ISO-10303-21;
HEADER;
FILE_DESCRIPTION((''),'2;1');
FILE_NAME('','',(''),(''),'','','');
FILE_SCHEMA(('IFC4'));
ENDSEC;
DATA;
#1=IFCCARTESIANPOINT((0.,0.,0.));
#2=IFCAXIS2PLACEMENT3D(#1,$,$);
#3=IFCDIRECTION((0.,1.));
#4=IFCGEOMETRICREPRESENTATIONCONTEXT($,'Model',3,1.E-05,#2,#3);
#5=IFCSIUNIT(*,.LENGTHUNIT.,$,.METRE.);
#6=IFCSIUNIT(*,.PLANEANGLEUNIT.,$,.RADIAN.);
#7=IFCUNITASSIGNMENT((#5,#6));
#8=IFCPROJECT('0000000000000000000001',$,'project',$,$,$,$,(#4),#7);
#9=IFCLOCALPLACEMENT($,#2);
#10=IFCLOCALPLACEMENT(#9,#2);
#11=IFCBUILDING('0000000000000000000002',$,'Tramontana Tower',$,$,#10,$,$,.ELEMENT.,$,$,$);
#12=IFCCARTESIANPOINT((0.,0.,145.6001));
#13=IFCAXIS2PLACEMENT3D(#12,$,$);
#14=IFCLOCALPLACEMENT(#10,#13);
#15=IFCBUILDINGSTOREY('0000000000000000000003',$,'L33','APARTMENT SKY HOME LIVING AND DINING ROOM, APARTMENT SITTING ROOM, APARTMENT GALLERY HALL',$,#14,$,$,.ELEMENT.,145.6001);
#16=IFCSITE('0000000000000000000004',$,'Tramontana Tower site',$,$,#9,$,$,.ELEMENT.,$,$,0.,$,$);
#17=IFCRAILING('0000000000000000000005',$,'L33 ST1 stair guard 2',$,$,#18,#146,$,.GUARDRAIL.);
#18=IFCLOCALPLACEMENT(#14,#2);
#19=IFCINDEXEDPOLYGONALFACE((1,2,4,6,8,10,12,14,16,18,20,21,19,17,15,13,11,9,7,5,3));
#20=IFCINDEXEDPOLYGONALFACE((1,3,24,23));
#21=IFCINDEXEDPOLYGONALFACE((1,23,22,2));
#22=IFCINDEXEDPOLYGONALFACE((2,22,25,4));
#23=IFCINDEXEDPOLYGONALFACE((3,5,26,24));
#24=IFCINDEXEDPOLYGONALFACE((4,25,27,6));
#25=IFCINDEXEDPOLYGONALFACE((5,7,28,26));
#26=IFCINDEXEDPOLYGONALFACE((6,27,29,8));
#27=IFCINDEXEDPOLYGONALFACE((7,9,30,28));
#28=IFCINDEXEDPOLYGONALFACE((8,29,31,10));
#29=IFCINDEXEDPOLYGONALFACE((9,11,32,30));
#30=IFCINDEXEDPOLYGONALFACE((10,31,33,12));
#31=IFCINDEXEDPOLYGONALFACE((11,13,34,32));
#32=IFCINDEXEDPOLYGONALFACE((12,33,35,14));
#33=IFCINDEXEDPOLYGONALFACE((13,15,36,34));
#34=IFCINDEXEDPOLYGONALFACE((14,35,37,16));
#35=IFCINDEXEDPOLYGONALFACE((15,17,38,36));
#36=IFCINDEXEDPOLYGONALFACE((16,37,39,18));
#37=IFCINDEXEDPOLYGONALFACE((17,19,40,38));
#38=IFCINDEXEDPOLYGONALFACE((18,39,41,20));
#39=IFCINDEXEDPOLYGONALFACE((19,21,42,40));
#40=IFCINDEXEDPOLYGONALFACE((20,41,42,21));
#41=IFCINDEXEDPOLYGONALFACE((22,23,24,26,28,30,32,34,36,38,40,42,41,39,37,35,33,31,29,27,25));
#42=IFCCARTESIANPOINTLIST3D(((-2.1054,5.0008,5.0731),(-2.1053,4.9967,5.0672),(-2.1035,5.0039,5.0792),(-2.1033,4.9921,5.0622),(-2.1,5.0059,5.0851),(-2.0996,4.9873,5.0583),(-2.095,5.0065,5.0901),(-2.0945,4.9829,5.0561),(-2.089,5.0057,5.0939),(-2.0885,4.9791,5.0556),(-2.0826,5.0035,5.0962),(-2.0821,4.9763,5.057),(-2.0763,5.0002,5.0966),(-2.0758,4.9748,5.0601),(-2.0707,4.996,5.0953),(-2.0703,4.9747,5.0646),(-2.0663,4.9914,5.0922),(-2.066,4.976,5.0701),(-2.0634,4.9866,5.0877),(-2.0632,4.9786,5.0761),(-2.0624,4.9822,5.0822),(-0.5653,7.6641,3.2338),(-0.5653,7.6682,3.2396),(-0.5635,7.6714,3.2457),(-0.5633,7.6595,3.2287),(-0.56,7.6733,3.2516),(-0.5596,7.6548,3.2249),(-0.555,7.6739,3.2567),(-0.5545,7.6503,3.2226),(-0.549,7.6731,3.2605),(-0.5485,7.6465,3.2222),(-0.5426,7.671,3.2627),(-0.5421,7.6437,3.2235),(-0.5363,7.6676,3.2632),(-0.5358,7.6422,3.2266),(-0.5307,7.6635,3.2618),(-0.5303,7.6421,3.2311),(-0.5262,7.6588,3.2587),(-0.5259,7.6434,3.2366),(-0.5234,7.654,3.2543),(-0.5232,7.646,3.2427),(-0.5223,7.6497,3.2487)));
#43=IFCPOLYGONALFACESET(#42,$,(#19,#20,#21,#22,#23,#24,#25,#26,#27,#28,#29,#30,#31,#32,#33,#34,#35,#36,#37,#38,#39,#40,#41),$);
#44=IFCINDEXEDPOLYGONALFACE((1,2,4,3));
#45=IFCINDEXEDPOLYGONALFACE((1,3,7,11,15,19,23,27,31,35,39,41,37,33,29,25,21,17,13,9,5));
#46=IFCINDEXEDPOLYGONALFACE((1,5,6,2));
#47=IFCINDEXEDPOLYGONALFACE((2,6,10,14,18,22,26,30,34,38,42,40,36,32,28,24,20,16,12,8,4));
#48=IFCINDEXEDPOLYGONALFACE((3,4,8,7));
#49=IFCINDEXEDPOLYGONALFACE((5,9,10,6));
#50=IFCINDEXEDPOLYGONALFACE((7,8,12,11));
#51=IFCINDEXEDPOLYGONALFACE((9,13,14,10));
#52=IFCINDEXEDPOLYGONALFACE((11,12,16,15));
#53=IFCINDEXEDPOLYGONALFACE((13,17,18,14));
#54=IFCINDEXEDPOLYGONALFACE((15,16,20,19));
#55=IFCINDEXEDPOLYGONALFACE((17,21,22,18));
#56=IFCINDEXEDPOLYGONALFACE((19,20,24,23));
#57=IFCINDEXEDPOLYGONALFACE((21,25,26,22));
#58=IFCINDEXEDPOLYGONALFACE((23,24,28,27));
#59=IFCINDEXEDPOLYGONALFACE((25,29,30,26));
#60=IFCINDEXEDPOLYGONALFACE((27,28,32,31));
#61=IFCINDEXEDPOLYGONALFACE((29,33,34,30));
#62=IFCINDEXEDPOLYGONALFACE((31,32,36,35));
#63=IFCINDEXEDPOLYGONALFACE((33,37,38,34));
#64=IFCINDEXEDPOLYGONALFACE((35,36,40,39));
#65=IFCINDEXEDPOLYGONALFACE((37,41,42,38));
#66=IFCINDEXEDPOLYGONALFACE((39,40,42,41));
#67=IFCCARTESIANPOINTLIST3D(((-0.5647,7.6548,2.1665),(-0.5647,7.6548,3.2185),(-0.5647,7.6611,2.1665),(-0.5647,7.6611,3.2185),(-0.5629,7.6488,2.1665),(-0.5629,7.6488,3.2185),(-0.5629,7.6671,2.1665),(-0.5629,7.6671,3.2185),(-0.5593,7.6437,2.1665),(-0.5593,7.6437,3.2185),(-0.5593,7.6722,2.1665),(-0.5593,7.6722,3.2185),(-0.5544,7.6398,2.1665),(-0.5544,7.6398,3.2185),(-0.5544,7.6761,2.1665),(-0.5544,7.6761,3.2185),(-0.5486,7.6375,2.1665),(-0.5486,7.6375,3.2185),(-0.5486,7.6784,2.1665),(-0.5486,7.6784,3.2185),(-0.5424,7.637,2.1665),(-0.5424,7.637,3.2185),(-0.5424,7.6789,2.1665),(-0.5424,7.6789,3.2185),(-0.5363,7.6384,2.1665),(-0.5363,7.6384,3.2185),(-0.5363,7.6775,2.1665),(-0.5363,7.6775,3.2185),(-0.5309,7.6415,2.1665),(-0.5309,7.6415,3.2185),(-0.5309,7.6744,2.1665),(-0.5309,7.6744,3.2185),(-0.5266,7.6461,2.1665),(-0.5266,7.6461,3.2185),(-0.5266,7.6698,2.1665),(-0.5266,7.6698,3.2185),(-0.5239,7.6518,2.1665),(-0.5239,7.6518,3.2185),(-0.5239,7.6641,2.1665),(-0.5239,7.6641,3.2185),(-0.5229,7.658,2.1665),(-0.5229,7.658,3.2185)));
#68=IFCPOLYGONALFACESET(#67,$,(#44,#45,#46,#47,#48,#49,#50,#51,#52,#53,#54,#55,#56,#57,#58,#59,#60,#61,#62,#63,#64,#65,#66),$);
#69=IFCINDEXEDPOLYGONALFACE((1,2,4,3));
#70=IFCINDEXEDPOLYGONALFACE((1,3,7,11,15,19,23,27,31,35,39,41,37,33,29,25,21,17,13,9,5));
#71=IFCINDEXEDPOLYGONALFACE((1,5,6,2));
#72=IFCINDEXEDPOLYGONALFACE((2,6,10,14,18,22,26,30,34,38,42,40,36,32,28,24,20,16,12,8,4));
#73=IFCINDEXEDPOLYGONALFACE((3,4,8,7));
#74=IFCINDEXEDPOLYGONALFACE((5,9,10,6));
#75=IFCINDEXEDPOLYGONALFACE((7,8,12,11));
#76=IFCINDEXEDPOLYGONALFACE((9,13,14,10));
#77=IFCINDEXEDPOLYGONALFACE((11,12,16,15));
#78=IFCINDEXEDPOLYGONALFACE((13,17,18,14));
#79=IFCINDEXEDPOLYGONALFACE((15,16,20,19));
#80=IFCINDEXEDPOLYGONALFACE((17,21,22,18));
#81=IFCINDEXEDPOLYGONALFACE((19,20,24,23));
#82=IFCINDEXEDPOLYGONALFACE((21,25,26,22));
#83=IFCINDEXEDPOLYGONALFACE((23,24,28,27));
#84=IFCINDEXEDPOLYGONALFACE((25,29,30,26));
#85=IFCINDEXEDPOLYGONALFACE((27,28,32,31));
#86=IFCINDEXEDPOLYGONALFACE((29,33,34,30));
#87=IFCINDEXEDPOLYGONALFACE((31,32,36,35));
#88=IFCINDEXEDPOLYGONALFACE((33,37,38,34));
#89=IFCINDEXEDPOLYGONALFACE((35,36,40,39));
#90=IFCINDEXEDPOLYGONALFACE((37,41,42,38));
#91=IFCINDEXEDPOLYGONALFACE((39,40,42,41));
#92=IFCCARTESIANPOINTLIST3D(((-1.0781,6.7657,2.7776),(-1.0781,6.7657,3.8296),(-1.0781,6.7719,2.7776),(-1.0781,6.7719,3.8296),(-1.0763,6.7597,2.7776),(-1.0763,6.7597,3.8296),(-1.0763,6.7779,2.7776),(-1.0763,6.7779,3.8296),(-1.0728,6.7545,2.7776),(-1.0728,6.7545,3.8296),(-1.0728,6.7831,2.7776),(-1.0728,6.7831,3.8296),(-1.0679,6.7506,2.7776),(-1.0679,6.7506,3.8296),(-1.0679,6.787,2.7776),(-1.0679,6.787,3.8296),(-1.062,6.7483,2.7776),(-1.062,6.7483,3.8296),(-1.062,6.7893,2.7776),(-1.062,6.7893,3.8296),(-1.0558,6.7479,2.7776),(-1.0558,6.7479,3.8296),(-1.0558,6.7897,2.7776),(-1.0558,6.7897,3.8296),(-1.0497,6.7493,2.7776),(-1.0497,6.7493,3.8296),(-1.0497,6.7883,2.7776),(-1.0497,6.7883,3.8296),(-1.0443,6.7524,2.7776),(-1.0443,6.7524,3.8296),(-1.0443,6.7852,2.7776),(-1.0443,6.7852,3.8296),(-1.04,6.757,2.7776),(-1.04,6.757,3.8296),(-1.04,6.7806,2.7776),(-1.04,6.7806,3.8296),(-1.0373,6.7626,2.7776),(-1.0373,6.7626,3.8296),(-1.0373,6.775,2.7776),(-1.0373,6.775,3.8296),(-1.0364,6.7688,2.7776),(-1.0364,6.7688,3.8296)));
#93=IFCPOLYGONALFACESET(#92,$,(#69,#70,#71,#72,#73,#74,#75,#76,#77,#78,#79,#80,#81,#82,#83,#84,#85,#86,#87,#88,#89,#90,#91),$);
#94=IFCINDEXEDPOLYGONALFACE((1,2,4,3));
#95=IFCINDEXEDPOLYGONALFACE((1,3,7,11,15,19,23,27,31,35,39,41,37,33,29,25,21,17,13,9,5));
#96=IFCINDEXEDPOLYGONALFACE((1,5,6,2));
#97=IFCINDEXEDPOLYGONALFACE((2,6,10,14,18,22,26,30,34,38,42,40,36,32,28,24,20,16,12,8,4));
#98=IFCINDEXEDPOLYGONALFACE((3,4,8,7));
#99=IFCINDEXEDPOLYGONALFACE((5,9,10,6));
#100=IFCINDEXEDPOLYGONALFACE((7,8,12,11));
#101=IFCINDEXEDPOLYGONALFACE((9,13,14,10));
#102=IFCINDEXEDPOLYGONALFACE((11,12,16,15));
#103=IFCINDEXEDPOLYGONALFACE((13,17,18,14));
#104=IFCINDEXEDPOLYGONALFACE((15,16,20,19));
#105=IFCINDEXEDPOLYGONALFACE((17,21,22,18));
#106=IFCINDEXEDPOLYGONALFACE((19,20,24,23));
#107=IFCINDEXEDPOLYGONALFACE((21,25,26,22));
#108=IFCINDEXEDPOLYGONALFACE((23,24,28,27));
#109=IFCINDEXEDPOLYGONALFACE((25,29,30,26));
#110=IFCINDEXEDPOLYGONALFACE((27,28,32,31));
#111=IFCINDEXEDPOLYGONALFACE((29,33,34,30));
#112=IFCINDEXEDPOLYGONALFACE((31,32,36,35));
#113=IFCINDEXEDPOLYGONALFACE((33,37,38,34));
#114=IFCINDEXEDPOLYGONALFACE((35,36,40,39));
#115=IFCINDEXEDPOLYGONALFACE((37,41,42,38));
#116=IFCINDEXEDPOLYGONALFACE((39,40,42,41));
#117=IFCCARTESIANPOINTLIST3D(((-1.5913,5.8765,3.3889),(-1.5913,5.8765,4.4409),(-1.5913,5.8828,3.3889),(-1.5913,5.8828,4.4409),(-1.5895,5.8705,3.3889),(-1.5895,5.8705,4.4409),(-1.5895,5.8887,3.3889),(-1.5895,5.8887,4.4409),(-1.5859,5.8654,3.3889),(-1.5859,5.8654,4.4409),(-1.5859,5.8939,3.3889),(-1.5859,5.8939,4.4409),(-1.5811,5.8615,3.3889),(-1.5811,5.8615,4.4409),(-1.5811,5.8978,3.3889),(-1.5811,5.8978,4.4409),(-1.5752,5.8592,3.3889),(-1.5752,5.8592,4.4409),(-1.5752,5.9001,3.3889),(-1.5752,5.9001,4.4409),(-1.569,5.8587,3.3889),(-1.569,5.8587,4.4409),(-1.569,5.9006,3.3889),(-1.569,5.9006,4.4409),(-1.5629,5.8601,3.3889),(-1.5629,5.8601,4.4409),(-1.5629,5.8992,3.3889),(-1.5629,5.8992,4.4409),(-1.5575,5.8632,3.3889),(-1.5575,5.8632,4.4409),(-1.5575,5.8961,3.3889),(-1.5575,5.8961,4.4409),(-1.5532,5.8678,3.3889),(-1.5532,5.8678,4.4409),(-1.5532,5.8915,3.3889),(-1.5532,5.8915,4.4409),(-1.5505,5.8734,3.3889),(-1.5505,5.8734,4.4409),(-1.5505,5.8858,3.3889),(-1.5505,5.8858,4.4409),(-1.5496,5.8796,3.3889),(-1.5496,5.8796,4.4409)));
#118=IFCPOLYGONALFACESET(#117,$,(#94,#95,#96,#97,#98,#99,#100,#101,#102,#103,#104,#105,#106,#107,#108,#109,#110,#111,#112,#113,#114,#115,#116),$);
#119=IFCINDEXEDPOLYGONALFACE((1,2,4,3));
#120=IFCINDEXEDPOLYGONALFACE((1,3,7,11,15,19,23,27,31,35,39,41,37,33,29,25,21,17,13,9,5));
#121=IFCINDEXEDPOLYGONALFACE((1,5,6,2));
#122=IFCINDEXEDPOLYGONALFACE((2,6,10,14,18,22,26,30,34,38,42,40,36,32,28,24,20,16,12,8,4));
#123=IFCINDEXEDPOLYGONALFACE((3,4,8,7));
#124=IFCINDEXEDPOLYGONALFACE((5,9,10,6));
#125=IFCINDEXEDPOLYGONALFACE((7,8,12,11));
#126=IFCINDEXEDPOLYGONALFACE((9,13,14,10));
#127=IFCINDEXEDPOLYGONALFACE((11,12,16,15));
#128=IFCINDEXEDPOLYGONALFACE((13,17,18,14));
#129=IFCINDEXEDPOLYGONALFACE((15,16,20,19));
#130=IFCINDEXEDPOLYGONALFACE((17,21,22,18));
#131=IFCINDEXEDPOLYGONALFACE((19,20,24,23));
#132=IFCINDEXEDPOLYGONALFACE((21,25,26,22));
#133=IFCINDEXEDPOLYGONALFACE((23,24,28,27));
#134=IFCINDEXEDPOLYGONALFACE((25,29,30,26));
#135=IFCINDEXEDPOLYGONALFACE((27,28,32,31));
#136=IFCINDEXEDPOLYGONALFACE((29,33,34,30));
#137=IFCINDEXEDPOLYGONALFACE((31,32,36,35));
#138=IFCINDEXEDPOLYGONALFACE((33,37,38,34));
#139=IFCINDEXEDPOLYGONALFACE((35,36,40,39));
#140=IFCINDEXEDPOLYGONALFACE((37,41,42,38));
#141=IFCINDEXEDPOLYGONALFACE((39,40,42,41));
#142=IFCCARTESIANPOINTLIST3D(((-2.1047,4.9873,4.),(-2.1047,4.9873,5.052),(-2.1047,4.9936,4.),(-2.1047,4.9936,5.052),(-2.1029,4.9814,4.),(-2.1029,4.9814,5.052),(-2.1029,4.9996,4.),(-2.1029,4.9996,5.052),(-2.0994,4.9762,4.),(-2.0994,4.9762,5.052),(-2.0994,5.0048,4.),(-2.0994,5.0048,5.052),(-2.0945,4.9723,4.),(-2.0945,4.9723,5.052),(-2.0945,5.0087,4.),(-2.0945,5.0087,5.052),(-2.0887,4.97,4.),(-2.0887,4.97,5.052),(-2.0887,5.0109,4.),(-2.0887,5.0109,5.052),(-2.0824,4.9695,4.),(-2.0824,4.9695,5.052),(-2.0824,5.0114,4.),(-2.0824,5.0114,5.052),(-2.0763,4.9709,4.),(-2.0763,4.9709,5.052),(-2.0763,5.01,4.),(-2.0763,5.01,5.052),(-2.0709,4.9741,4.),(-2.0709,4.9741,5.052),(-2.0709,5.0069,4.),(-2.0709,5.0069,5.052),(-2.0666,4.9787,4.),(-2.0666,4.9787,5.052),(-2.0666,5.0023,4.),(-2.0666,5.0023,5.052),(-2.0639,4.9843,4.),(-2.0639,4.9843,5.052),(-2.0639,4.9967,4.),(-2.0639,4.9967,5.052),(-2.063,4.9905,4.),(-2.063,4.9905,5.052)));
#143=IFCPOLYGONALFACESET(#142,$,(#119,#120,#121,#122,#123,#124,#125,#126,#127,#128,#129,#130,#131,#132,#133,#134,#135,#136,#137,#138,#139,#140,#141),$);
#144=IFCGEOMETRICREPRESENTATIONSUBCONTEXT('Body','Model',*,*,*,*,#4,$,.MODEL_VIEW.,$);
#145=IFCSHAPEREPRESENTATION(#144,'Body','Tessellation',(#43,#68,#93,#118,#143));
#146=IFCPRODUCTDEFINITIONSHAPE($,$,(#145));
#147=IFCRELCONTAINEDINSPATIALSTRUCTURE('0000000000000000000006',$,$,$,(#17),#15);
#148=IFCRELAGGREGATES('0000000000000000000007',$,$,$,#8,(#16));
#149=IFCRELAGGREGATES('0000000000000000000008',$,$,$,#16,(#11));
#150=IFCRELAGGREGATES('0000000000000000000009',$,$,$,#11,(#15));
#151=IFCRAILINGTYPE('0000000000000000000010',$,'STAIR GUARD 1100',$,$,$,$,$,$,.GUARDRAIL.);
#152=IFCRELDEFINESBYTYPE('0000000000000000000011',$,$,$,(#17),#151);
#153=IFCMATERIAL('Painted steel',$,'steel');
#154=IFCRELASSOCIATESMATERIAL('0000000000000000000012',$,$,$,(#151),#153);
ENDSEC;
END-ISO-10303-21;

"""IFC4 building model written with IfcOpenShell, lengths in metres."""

from ifc_helpers import new_model, si_unit, direction, frame, origin, origin_2d, place, context, subcontext, project, spatial, circle, extrude, material, type_object, element, save


model = new_model("IFC4")

# Units and contexts
model_context = context("Model", 3, precision=1e-05, world=origin(), true_north=direction((0.0, 1.0)))
body_context = subcontext(model_context, "Body", "Model", "MODEL_VIEW")
ifc_project = project(units=[si_unit("LENGTHUNIT", "METRE"), si_unit("PLANEANGLEUNIT", "RADIAN")], contexts=[model_context])

# Site, building, storey
site_placement = place(None, origin())
site = spatial("IfcSite", under=ifc_project, at=site_placement, Name="Tramontana Tower site", CompositionType="ELEMENT", RefElevation=0.0)
building_placement = place(site_placement, origin())
building = spatial("IfcBuilding", under=site, at=building_placement, Name="Tramontana Tower", CompositionType="ELEMENT")
storey_placement = place(building_placement, frame((0.0, 0.0, 145.6001)))
storey = spatial("IfcBuildingStorey", under=building, at=storey_placement, Name="L33", Description="APARTMENT SKY HOME LIVING AND DINING ROOM, APARTMENT SITTING ROOM, APARTMENT GALLERY HALL", CompositionType="ELEMENT", Elevation=145.6001)

# Railing
ifc_material_1 = material(Name="Painted steel", Category="steel")
railing_type_1 = type_object("IfcRailingType", Name="STAIR GUARD 1100", PredefinedType="GUARDRAIL", material=ifc_material_1)
railing_1_placement = place(storey_placement, frame((-0.5439, 7.658, 2.1665)))
element("IfcRailing", 1, at=railing_1_placement, inside=storey, type_object=railing_type_1, Name="L33 ST1 stair guard 2", PredefinedType="GUARDRAIL", context=body_context, shape_type="SweptSolid", body=[
    extrude(circle(Radius=0.0239, at=origin_2d()), frame((0.0, 0.0, 1.0762), z_axis=(-0.429634, -0.744164, 0.511502), x_axis=(0.86603, -0.499992, 0.0)), (0.0, 0.0, 1.0), 3.5845),
    extrude(circle(Radius=0.021, at=origin_2d()), origin(), (0.0, 0.0, 1.0), 1.052),
    extrude(circle(Radius=0.021, at=origin_2d()), frame((-0.5134, -0.8892, 0.6111)), (0.0, 0.0, 1.0), 1.052),
    extrude(circle(Radius=0.021, at=origin_2d()), frame((-1.0266, -1.7783, 1.2224)), (0.0, 0.0, 1.0), 1.052),
    extrude(circle(Radius=0.021, at=origin_2d()), frame((-1.54, -2.6675, 1.8335)), (0.0, 0.0, 1.0), 1.052),
])

save(model, "model.ifc")
